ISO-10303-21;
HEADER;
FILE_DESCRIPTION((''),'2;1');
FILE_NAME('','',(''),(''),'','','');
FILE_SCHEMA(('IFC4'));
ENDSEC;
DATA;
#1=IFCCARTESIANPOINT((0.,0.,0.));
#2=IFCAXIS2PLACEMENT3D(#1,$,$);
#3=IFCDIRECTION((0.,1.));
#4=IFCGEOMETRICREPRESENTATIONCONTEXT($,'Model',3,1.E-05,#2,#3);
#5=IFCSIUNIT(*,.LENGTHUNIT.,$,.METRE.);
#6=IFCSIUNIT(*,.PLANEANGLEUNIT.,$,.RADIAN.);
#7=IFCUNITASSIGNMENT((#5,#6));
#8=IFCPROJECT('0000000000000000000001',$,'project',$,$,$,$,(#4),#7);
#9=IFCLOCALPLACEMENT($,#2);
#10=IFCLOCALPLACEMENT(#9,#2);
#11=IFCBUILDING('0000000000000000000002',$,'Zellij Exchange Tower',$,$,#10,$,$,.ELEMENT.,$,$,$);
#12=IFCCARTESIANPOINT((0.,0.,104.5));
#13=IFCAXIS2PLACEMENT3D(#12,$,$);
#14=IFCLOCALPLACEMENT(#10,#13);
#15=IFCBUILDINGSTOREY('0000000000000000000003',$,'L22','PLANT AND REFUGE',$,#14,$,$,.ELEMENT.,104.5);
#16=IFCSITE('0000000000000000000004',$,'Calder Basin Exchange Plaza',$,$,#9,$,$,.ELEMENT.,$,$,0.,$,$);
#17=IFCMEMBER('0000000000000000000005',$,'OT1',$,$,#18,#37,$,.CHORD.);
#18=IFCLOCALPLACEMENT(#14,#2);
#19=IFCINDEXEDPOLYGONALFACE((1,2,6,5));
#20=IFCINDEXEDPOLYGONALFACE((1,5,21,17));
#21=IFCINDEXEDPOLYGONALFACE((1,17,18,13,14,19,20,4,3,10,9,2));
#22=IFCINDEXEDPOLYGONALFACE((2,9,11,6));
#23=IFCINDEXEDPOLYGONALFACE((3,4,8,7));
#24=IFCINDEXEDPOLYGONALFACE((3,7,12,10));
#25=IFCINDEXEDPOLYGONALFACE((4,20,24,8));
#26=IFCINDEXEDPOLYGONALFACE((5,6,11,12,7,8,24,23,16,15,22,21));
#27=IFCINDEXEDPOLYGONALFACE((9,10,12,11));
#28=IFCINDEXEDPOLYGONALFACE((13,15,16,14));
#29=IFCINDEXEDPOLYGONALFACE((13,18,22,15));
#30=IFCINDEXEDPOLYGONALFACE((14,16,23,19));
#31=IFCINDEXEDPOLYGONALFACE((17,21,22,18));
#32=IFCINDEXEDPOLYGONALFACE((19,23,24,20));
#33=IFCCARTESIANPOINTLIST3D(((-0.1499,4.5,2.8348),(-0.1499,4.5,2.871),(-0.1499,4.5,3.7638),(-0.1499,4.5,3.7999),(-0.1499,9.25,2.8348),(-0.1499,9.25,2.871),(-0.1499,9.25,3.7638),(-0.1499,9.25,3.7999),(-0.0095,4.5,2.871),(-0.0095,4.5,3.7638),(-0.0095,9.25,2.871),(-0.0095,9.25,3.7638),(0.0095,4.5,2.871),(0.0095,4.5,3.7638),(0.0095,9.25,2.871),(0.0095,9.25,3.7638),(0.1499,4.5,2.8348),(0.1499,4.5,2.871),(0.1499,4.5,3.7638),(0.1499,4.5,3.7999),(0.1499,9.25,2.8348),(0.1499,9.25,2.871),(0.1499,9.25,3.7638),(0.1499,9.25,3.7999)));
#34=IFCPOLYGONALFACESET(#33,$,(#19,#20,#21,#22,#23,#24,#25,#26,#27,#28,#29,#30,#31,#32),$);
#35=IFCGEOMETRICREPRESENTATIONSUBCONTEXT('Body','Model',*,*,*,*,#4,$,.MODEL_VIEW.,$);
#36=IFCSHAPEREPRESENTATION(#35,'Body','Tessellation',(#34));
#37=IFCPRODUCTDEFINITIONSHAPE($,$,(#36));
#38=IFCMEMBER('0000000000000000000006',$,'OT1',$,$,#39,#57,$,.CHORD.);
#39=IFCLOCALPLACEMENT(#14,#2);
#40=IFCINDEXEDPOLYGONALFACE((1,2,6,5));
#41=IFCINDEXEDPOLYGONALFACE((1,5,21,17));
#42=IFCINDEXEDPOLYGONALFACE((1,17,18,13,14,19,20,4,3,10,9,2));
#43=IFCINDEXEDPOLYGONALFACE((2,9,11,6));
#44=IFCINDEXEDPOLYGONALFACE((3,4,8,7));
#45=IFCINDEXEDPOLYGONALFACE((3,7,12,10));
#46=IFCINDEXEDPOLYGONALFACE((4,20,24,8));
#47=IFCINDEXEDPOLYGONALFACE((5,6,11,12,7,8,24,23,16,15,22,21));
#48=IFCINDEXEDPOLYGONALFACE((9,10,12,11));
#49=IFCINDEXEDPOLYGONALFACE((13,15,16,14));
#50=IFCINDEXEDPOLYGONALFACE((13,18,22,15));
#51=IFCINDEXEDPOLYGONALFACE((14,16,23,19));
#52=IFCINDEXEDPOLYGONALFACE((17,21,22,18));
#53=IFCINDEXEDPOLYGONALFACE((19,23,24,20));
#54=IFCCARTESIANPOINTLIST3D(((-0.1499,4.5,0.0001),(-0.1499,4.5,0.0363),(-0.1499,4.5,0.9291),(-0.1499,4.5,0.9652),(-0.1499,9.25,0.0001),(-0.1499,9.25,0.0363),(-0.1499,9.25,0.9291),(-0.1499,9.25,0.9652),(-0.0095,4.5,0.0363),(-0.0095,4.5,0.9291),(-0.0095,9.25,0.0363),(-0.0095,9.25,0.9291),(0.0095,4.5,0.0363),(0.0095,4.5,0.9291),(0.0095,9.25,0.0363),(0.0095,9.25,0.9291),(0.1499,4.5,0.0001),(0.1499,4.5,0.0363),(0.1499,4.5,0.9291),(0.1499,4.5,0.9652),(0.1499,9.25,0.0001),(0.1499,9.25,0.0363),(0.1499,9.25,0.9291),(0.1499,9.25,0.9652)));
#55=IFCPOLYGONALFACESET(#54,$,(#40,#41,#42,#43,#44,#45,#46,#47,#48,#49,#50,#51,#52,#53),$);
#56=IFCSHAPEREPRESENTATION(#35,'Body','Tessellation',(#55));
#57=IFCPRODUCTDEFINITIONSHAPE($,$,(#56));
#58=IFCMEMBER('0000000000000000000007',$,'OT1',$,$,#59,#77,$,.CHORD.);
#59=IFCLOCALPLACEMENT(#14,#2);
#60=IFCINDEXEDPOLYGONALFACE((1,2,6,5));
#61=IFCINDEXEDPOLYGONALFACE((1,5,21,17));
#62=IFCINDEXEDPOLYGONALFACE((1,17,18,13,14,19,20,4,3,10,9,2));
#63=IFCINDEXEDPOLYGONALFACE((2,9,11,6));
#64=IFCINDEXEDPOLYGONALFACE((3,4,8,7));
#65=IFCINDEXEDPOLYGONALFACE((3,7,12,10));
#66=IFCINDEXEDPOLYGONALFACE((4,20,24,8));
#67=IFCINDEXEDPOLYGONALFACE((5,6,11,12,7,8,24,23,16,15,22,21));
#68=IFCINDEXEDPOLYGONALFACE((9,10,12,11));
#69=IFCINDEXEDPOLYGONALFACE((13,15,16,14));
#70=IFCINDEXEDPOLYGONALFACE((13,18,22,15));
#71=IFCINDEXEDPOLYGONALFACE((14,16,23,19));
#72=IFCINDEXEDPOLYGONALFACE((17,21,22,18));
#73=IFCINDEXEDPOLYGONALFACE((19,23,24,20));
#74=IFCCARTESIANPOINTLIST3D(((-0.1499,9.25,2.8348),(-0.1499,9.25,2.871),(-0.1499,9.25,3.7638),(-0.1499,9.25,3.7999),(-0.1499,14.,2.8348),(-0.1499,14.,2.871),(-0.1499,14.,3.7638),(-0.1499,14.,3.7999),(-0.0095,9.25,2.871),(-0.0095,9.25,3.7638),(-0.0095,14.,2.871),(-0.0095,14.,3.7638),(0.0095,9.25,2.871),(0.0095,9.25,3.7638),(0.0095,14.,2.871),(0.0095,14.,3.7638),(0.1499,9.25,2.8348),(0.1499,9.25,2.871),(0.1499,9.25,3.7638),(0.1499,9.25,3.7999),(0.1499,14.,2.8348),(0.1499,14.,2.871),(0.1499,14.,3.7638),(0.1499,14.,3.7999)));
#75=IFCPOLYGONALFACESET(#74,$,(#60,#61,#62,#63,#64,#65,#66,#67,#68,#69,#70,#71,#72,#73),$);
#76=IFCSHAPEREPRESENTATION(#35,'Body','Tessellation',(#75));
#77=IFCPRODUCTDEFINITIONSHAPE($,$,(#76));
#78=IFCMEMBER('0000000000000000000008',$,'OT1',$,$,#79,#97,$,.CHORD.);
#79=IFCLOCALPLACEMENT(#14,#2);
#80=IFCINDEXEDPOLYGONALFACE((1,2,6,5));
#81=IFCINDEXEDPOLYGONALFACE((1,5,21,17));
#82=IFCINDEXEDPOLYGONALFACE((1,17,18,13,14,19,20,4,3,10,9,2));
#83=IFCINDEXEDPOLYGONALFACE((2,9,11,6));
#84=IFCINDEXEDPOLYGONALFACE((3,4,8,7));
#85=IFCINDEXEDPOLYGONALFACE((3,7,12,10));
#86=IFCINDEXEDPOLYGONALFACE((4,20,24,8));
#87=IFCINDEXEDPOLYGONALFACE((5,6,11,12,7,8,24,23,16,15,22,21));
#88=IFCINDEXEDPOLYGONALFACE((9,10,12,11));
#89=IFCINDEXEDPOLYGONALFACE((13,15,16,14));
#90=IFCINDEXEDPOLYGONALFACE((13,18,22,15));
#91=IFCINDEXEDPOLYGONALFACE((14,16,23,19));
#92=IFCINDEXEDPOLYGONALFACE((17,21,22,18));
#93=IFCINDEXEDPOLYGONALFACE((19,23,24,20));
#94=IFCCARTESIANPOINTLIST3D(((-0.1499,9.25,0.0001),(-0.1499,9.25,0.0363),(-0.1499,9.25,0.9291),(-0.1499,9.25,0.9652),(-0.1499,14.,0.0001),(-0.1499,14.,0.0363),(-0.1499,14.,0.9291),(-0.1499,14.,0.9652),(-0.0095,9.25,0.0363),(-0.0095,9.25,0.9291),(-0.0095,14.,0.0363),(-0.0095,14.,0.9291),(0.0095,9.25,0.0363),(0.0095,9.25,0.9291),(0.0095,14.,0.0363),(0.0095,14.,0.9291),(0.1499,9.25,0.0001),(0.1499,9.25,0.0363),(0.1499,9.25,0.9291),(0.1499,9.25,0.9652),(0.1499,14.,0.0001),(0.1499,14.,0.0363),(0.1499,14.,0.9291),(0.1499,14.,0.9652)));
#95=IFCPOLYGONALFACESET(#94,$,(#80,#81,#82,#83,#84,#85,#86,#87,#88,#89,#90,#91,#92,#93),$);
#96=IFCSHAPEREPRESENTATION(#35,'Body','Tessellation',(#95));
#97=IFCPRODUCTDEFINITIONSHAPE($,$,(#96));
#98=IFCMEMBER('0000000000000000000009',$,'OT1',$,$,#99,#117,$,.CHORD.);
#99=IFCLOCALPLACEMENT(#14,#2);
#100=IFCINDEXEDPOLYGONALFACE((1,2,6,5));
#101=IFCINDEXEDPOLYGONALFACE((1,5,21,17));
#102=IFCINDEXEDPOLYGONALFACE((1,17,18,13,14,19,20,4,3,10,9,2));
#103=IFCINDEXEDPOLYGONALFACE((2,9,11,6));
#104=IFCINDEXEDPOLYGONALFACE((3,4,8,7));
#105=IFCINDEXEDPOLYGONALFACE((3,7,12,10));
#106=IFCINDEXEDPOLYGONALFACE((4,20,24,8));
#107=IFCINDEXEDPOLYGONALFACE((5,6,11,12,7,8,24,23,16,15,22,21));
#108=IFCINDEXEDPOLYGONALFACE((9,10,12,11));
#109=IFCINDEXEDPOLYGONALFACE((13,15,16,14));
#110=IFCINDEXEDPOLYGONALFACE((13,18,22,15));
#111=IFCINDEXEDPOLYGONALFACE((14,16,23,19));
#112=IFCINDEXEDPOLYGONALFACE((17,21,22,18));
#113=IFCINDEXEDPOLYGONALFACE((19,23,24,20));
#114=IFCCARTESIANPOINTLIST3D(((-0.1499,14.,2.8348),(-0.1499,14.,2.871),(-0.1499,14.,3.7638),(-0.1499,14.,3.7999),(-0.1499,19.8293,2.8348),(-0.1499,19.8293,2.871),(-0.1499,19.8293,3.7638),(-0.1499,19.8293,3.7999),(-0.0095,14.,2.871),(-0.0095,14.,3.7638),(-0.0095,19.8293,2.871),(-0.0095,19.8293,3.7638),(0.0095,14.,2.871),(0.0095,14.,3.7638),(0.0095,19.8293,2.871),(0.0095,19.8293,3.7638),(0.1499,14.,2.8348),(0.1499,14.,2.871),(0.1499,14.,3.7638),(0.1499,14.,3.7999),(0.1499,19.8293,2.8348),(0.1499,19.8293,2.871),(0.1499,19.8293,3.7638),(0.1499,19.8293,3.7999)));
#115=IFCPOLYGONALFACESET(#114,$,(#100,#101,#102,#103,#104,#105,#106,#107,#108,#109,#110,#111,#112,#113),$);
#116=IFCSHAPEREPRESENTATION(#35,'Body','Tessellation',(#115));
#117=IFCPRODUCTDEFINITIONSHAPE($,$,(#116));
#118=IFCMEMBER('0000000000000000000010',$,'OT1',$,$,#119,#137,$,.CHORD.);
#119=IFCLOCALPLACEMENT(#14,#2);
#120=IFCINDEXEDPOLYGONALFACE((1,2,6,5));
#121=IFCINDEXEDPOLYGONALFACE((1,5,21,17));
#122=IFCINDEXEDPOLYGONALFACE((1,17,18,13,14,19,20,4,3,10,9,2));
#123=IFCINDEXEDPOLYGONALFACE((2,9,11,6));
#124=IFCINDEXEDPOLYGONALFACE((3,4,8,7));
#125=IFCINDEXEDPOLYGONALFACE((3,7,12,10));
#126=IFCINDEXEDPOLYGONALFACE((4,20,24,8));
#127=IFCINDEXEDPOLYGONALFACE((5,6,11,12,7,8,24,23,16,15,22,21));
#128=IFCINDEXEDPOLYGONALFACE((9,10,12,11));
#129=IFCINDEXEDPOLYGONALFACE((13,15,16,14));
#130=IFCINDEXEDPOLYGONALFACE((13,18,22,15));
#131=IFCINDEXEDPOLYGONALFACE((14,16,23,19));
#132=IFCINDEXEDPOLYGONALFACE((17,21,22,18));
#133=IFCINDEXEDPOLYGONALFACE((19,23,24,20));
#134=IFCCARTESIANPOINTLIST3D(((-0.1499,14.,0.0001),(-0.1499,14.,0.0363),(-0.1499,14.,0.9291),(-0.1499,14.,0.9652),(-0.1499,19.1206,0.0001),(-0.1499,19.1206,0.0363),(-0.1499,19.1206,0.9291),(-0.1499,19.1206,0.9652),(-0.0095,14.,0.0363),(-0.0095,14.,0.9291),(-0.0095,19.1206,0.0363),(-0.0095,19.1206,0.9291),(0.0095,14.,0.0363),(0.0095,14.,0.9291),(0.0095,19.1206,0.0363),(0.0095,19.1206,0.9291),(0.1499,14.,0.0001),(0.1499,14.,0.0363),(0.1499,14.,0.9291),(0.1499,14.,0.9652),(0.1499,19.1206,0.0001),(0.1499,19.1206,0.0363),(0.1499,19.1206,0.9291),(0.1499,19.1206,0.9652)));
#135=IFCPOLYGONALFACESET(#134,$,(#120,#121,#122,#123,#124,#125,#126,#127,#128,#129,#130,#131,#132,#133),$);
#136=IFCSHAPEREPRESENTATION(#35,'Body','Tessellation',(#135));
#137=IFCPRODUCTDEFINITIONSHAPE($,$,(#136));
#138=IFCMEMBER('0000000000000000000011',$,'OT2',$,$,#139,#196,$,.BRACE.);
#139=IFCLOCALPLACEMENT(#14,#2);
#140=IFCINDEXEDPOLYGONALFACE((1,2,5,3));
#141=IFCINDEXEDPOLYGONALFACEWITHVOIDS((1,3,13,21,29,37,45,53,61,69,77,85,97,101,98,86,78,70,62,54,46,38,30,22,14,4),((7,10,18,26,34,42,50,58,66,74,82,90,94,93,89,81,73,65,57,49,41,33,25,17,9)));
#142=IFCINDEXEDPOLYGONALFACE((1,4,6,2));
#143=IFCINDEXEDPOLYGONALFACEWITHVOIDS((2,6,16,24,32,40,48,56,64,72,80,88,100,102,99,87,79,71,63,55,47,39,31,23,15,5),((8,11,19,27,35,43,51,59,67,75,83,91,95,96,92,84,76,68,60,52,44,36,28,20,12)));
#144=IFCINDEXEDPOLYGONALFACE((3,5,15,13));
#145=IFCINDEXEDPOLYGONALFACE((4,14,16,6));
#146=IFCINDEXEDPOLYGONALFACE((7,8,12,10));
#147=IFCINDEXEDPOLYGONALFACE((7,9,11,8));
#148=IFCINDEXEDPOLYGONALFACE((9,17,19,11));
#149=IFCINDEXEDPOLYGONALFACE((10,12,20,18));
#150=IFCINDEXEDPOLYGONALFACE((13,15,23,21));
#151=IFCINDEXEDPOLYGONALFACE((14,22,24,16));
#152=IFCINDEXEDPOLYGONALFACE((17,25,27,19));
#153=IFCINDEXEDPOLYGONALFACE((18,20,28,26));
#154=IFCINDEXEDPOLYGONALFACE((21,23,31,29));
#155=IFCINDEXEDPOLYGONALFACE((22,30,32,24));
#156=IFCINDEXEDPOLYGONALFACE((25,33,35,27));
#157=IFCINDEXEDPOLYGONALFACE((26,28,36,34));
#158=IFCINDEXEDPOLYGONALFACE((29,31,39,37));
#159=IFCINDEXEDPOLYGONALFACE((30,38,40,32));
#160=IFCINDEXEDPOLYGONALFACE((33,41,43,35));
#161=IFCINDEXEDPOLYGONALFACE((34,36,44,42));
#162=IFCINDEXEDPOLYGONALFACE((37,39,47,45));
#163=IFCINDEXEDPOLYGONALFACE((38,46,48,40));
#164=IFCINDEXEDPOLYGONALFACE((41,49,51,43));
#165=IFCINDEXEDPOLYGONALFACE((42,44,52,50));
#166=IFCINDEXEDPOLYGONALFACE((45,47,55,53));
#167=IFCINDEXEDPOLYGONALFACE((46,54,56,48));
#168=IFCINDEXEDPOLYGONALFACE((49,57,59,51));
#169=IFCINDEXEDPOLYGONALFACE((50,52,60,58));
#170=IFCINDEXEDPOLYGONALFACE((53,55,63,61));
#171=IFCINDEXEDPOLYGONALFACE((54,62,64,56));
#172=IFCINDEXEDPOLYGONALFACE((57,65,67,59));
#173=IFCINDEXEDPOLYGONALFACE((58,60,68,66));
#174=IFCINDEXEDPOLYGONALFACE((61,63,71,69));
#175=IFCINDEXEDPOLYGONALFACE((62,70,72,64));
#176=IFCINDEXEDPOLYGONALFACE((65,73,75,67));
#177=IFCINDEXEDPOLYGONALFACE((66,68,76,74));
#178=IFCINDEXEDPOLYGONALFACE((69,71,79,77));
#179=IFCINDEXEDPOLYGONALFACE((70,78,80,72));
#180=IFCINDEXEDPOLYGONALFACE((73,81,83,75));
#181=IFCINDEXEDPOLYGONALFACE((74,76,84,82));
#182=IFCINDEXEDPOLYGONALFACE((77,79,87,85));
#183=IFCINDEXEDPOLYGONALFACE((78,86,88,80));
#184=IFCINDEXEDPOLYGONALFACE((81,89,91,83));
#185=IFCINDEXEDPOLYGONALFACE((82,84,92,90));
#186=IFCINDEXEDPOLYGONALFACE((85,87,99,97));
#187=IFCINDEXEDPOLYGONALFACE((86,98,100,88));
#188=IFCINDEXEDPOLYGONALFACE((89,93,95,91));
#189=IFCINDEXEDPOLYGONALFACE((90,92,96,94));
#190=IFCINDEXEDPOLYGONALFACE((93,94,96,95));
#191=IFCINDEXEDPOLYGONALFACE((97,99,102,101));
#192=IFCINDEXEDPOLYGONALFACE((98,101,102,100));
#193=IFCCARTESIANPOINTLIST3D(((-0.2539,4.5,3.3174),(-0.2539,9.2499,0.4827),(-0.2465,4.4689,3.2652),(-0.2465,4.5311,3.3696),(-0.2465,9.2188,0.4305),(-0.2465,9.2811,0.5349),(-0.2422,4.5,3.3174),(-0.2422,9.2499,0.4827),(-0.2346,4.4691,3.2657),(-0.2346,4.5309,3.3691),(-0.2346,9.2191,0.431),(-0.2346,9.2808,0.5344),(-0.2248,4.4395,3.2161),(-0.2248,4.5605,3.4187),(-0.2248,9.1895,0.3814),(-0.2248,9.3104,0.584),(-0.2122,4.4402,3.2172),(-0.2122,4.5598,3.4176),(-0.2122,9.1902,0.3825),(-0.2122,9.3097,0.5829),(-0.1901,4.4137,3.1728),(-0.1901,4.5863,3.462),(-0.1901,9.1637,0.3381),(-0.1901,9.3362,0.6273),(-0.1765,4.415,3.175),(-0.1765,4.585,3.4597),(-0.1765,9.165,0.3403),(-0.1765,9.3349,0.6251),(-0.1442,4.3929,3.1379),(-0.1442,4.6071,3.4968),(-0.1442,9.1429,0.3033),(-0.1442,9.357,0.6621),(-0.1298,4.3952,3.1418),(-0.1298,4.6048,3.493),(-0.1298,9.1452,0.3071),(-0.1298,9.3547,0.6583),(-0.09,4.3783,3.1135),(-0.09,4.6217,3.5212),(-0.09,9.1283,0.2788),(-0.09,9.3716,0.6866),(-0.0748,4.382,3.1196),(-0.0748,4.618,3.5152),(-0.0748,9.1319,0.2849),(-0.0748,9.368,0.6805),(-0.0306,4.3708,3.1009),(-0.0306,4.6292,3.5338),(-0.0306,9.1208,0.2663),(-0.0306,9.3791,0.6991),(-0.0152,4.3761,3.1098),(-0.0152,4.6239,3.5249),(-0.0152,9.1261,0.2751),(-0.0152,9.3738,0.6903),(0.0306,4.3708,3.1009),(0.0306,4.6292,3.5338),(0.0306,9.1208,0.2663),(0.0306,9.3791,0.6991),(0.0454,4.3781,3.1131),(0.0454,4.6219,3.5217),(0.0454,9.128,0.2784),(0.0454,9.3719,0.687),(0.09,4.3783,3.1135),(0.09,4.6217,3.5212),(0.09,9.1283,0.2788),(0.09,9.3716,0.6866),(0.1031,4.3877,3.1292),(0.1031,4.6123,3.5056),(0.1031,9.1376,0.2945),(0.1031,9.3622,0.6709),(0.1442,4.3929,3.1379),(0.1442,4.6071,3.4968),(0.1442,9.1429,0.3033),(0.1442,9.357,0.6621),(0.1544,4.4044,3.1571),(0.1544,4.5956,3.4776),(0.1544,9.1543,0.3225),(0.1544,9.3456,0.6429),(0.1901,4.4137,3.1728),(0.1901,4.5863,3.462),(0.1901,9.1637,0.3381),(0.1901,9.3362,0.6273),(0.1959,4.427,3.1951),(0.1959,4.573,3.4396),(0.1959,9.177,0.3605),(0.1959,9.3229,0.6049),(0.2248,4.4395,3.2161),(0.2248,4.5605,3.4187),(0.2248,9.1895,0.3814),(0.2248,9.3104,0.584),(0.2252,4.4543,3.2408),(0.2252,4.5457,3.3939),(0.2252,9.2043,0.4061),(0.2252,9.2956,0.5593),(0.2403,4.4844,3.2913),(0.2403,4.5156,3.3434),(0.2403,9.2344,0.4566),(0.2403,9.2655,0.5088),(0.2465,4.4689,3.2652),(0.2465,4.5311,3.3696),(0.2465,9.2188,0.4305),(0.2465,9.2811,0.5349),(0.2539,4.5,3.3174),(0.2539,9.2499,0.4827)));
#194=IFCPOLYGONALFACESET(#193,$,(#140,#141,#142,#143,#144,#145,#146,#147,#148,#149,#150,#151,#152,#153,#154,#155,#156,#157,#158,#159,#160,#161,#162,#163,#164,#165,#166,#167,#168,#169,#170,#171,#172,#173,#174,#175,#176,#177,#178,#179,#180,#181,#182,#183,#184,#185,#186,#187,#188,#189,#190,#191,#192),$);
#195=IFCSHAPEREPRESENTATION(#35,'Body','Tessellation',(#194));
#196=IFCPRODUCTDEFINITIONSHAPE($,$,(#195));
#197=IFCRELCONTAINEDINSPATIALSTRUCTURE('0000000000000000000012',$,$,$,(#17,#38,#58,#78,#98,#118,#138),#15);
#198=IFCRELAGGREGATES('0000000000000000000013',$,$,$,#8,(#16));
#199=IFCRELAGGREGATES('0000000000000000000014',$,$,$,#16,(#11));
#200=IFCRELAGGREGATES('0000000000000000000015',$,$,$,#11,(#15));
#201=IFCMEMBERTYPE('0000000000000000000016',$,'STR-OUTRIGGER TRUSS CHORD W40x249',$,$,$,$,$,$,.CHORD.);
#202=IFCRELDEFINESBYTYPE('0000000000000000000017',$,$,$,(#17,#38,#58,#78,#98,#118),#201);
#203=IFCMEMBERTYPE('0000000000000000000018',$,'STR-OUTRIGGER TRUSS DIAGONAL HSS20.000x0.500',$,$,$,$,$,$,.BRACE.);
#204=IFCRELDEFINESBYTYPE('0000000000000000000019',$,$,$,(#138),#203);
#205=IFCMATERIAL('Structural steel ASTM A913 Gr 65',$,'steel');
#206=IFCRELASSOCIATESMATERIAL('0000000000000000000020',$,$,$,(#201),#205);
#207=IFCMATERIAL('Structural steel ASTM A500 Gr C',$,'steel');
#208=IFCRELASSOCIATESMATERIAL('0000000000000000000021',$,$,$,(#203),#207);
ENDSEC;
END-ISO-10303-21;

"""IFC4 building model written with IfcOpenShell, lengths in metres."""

from ifc_helpers import new_model, si_unit, direction, frame, origin, origin_2d, place, context, subcontext, project, spatial, hollow_circle, i_section, extrude, material, material_profile, profile_set, type_object, element, save


model = new_model("IFC4")

# Units and contexts
model_context = context("Model", 3, precision=1e-05, world=origin(), true_north=direction((0.0, 1.0)))
body_context = subcontext(model_context, "Body", "Model", "MODEL_VIEW")
ifc_project = project(units=[si_unit("LENGTHUNIT", "METRE"), si_unit("PLANEANGLEUNIT", "RADIAN")], contexts=[model_context])

# Site, building, storey
site_placement = place(None, origin())
site = spatial("IfcSite", under=ifc_project, at=site_placement, Name="Calder Basin Exchange Plaza", CompositionType="ELEMENT", RefElevation=0.0)
building_placement = place(site_placement, origin())
building = spatial("IfcBuilding", under=site, at=building_placement, Name="Zellij Exchange Tower", CompositionType="ELEMENT")
storey_placement = place(building_placement, frame((0.0, 0.0, 104.5)))
storey = spatial("IfcBuildingStorey", under=building, at=storey_placement, Name="L22", Description="PLANT AND REFUGE", CompositionType="ELEMENT", Elevation=104.5)

# Members
ifc_material_1 = material(Name="Structural steel ASTM A913 Gr 65", Category="steel")
ifc_material_profile_1 = material_profile(ifc_material_1, i_section(OverallWidth=0.2998, OverallDepth=0.9651, WebThickness=0.019, FlangeThickness=0.0361, at=origin_2d()), Name="W40x249")
ifc_profile_set_1 = profile_set([ifc_material_profile_1], Name="Structural steel ASTM A913 Gr 65")
member_type_1 = type_object("IfcMemberType", Name="STR-OUTRIGGER TRUSS CHORD W40x249", PredefinedType="CHORD", material=ifc_profile_set_1)
for number, where, z_axis, x_axis, name in (
    (1, (0.0, 4.5, 3.3174), (0.0, 1.0, 0.0), (-1.0, 0.0, 0.0), "OT1"),
    (2, (0.0, 4.5, 0.4827), (0.0, 1.0, 0.0), (-1.0, 0.0, 0.0), "OT1"),
    (3, (0.0, 9.25, 3.3174), (0.0, 1.0, 0.0), (-1.0, 0.0, 0.0), "OT1"),
    (4, (0.0, 9.25, 0.4827), (0.0, 1.0, 0.0), (-1.0, 0.0, 0.0), "OT1"),
):
    element("IfcMember", number, at=place(storey_placement, frame(where, z_axis=z_axis, x_axis=x_axis)), inside=storey, type_object=member_type_1, Name=name, PredefinedType="CHORD", context=body_context, shape_type="SweptSolid", body=[
        extrude(i_section(OverallWidth=0.2998, OverallDepth=0.9651, WebThickness=0.019, FlangeThickness=0.0361, at=origin_2d()), origin(), (0.0, 0.0, 1.0), 4.75),
    ])
member_1_placement = place(storey_placement, frame((0.0, 14.0, 3.3174), z_axis=(0.0, 1.0, 0.0), x_axis=(-1.0, 0.0, 0.0)))
element("IfcMember", 5, at=member_1_placement, inside=storey, type_object=member_type_1, Name="OT1", PredefinedType="CHORD", context=body_context, shape_type="SweptSolid", body=[
    extrude(i_section(OverallWidth=0.2998, OverallDepth=0.9651, WebThickness=0.019, FlangeThickness=0.0361, at=origin_2d()), origin(), (0.0, 0.0, 1.0), 5.8293),
])
member_2_placement = place(storey_placement, frame((0.0, 14.0, 0.4827), z_axis=(0.0, 1.0, 0.0), x_axis=(-1.0, 0.0, 0.0)))
element("IfcMember", 6, at=member_2_placement, inside=storey, type_object=member_type_1, Name="OT1", PredefinedType="CHORD", context=body_context, shape_type="SweptSolid", body=[
    extrude(i_section(OverallWidth=0.2998, OverallDepth=0.9651, WebThickness=0.019, FlangeThickness=0.0361, at=origin_2d()), origin(), (0.0, 0.0, 1.0), 5.1206),
])
ifc_material_2 = material(Name="Structural steel ASTM A500 Gr C", Category="steel")
ifc_material_profile_2 = material_profile(ifc_material_2, hollow_circle(Radius=0.2539, WallThickness=0.0117, at=origin_2d()), Name="STR-OUTRIGGER TRUSS DIAGONAL HSS20.000x0.500")
ifc_profile_set_2 = profile_set([ifc_material_profile_2], Name="Structural steel ASTM A500 Gr C")
member_type_2 = type_object("IfcMemberType", Name="STR-OUTRIGGER TRUSS DIAGONAL HSS20.000x0.500", PredefinedType="BRACE", material=ifc_profile_set_2)
for number, where, z_axis, x_axis, name in (
    (7, (0.0, 4.5, 3.3174), (0.0, 0.858709, -0.512463), (-1.0, 0.0, 0.0), "OT2"),
):
    element("IfcMember", number, at=place(storey_placement, frame(where, z_axis=z_axis, x_axis=x_axis)), inside=storey, type_object=member_type_2, Name=name, PredefinedType="BRACE", context=body_context, shape_type="SweptSolid", body=[
        extrude(hollow_circle(Radius=0.2539, WallThickness=0.0117, at=origin_2d()), origin(), (0.0, 0.0, 1.0), 5.5315),
    ])

save(model, "model.ifc")
